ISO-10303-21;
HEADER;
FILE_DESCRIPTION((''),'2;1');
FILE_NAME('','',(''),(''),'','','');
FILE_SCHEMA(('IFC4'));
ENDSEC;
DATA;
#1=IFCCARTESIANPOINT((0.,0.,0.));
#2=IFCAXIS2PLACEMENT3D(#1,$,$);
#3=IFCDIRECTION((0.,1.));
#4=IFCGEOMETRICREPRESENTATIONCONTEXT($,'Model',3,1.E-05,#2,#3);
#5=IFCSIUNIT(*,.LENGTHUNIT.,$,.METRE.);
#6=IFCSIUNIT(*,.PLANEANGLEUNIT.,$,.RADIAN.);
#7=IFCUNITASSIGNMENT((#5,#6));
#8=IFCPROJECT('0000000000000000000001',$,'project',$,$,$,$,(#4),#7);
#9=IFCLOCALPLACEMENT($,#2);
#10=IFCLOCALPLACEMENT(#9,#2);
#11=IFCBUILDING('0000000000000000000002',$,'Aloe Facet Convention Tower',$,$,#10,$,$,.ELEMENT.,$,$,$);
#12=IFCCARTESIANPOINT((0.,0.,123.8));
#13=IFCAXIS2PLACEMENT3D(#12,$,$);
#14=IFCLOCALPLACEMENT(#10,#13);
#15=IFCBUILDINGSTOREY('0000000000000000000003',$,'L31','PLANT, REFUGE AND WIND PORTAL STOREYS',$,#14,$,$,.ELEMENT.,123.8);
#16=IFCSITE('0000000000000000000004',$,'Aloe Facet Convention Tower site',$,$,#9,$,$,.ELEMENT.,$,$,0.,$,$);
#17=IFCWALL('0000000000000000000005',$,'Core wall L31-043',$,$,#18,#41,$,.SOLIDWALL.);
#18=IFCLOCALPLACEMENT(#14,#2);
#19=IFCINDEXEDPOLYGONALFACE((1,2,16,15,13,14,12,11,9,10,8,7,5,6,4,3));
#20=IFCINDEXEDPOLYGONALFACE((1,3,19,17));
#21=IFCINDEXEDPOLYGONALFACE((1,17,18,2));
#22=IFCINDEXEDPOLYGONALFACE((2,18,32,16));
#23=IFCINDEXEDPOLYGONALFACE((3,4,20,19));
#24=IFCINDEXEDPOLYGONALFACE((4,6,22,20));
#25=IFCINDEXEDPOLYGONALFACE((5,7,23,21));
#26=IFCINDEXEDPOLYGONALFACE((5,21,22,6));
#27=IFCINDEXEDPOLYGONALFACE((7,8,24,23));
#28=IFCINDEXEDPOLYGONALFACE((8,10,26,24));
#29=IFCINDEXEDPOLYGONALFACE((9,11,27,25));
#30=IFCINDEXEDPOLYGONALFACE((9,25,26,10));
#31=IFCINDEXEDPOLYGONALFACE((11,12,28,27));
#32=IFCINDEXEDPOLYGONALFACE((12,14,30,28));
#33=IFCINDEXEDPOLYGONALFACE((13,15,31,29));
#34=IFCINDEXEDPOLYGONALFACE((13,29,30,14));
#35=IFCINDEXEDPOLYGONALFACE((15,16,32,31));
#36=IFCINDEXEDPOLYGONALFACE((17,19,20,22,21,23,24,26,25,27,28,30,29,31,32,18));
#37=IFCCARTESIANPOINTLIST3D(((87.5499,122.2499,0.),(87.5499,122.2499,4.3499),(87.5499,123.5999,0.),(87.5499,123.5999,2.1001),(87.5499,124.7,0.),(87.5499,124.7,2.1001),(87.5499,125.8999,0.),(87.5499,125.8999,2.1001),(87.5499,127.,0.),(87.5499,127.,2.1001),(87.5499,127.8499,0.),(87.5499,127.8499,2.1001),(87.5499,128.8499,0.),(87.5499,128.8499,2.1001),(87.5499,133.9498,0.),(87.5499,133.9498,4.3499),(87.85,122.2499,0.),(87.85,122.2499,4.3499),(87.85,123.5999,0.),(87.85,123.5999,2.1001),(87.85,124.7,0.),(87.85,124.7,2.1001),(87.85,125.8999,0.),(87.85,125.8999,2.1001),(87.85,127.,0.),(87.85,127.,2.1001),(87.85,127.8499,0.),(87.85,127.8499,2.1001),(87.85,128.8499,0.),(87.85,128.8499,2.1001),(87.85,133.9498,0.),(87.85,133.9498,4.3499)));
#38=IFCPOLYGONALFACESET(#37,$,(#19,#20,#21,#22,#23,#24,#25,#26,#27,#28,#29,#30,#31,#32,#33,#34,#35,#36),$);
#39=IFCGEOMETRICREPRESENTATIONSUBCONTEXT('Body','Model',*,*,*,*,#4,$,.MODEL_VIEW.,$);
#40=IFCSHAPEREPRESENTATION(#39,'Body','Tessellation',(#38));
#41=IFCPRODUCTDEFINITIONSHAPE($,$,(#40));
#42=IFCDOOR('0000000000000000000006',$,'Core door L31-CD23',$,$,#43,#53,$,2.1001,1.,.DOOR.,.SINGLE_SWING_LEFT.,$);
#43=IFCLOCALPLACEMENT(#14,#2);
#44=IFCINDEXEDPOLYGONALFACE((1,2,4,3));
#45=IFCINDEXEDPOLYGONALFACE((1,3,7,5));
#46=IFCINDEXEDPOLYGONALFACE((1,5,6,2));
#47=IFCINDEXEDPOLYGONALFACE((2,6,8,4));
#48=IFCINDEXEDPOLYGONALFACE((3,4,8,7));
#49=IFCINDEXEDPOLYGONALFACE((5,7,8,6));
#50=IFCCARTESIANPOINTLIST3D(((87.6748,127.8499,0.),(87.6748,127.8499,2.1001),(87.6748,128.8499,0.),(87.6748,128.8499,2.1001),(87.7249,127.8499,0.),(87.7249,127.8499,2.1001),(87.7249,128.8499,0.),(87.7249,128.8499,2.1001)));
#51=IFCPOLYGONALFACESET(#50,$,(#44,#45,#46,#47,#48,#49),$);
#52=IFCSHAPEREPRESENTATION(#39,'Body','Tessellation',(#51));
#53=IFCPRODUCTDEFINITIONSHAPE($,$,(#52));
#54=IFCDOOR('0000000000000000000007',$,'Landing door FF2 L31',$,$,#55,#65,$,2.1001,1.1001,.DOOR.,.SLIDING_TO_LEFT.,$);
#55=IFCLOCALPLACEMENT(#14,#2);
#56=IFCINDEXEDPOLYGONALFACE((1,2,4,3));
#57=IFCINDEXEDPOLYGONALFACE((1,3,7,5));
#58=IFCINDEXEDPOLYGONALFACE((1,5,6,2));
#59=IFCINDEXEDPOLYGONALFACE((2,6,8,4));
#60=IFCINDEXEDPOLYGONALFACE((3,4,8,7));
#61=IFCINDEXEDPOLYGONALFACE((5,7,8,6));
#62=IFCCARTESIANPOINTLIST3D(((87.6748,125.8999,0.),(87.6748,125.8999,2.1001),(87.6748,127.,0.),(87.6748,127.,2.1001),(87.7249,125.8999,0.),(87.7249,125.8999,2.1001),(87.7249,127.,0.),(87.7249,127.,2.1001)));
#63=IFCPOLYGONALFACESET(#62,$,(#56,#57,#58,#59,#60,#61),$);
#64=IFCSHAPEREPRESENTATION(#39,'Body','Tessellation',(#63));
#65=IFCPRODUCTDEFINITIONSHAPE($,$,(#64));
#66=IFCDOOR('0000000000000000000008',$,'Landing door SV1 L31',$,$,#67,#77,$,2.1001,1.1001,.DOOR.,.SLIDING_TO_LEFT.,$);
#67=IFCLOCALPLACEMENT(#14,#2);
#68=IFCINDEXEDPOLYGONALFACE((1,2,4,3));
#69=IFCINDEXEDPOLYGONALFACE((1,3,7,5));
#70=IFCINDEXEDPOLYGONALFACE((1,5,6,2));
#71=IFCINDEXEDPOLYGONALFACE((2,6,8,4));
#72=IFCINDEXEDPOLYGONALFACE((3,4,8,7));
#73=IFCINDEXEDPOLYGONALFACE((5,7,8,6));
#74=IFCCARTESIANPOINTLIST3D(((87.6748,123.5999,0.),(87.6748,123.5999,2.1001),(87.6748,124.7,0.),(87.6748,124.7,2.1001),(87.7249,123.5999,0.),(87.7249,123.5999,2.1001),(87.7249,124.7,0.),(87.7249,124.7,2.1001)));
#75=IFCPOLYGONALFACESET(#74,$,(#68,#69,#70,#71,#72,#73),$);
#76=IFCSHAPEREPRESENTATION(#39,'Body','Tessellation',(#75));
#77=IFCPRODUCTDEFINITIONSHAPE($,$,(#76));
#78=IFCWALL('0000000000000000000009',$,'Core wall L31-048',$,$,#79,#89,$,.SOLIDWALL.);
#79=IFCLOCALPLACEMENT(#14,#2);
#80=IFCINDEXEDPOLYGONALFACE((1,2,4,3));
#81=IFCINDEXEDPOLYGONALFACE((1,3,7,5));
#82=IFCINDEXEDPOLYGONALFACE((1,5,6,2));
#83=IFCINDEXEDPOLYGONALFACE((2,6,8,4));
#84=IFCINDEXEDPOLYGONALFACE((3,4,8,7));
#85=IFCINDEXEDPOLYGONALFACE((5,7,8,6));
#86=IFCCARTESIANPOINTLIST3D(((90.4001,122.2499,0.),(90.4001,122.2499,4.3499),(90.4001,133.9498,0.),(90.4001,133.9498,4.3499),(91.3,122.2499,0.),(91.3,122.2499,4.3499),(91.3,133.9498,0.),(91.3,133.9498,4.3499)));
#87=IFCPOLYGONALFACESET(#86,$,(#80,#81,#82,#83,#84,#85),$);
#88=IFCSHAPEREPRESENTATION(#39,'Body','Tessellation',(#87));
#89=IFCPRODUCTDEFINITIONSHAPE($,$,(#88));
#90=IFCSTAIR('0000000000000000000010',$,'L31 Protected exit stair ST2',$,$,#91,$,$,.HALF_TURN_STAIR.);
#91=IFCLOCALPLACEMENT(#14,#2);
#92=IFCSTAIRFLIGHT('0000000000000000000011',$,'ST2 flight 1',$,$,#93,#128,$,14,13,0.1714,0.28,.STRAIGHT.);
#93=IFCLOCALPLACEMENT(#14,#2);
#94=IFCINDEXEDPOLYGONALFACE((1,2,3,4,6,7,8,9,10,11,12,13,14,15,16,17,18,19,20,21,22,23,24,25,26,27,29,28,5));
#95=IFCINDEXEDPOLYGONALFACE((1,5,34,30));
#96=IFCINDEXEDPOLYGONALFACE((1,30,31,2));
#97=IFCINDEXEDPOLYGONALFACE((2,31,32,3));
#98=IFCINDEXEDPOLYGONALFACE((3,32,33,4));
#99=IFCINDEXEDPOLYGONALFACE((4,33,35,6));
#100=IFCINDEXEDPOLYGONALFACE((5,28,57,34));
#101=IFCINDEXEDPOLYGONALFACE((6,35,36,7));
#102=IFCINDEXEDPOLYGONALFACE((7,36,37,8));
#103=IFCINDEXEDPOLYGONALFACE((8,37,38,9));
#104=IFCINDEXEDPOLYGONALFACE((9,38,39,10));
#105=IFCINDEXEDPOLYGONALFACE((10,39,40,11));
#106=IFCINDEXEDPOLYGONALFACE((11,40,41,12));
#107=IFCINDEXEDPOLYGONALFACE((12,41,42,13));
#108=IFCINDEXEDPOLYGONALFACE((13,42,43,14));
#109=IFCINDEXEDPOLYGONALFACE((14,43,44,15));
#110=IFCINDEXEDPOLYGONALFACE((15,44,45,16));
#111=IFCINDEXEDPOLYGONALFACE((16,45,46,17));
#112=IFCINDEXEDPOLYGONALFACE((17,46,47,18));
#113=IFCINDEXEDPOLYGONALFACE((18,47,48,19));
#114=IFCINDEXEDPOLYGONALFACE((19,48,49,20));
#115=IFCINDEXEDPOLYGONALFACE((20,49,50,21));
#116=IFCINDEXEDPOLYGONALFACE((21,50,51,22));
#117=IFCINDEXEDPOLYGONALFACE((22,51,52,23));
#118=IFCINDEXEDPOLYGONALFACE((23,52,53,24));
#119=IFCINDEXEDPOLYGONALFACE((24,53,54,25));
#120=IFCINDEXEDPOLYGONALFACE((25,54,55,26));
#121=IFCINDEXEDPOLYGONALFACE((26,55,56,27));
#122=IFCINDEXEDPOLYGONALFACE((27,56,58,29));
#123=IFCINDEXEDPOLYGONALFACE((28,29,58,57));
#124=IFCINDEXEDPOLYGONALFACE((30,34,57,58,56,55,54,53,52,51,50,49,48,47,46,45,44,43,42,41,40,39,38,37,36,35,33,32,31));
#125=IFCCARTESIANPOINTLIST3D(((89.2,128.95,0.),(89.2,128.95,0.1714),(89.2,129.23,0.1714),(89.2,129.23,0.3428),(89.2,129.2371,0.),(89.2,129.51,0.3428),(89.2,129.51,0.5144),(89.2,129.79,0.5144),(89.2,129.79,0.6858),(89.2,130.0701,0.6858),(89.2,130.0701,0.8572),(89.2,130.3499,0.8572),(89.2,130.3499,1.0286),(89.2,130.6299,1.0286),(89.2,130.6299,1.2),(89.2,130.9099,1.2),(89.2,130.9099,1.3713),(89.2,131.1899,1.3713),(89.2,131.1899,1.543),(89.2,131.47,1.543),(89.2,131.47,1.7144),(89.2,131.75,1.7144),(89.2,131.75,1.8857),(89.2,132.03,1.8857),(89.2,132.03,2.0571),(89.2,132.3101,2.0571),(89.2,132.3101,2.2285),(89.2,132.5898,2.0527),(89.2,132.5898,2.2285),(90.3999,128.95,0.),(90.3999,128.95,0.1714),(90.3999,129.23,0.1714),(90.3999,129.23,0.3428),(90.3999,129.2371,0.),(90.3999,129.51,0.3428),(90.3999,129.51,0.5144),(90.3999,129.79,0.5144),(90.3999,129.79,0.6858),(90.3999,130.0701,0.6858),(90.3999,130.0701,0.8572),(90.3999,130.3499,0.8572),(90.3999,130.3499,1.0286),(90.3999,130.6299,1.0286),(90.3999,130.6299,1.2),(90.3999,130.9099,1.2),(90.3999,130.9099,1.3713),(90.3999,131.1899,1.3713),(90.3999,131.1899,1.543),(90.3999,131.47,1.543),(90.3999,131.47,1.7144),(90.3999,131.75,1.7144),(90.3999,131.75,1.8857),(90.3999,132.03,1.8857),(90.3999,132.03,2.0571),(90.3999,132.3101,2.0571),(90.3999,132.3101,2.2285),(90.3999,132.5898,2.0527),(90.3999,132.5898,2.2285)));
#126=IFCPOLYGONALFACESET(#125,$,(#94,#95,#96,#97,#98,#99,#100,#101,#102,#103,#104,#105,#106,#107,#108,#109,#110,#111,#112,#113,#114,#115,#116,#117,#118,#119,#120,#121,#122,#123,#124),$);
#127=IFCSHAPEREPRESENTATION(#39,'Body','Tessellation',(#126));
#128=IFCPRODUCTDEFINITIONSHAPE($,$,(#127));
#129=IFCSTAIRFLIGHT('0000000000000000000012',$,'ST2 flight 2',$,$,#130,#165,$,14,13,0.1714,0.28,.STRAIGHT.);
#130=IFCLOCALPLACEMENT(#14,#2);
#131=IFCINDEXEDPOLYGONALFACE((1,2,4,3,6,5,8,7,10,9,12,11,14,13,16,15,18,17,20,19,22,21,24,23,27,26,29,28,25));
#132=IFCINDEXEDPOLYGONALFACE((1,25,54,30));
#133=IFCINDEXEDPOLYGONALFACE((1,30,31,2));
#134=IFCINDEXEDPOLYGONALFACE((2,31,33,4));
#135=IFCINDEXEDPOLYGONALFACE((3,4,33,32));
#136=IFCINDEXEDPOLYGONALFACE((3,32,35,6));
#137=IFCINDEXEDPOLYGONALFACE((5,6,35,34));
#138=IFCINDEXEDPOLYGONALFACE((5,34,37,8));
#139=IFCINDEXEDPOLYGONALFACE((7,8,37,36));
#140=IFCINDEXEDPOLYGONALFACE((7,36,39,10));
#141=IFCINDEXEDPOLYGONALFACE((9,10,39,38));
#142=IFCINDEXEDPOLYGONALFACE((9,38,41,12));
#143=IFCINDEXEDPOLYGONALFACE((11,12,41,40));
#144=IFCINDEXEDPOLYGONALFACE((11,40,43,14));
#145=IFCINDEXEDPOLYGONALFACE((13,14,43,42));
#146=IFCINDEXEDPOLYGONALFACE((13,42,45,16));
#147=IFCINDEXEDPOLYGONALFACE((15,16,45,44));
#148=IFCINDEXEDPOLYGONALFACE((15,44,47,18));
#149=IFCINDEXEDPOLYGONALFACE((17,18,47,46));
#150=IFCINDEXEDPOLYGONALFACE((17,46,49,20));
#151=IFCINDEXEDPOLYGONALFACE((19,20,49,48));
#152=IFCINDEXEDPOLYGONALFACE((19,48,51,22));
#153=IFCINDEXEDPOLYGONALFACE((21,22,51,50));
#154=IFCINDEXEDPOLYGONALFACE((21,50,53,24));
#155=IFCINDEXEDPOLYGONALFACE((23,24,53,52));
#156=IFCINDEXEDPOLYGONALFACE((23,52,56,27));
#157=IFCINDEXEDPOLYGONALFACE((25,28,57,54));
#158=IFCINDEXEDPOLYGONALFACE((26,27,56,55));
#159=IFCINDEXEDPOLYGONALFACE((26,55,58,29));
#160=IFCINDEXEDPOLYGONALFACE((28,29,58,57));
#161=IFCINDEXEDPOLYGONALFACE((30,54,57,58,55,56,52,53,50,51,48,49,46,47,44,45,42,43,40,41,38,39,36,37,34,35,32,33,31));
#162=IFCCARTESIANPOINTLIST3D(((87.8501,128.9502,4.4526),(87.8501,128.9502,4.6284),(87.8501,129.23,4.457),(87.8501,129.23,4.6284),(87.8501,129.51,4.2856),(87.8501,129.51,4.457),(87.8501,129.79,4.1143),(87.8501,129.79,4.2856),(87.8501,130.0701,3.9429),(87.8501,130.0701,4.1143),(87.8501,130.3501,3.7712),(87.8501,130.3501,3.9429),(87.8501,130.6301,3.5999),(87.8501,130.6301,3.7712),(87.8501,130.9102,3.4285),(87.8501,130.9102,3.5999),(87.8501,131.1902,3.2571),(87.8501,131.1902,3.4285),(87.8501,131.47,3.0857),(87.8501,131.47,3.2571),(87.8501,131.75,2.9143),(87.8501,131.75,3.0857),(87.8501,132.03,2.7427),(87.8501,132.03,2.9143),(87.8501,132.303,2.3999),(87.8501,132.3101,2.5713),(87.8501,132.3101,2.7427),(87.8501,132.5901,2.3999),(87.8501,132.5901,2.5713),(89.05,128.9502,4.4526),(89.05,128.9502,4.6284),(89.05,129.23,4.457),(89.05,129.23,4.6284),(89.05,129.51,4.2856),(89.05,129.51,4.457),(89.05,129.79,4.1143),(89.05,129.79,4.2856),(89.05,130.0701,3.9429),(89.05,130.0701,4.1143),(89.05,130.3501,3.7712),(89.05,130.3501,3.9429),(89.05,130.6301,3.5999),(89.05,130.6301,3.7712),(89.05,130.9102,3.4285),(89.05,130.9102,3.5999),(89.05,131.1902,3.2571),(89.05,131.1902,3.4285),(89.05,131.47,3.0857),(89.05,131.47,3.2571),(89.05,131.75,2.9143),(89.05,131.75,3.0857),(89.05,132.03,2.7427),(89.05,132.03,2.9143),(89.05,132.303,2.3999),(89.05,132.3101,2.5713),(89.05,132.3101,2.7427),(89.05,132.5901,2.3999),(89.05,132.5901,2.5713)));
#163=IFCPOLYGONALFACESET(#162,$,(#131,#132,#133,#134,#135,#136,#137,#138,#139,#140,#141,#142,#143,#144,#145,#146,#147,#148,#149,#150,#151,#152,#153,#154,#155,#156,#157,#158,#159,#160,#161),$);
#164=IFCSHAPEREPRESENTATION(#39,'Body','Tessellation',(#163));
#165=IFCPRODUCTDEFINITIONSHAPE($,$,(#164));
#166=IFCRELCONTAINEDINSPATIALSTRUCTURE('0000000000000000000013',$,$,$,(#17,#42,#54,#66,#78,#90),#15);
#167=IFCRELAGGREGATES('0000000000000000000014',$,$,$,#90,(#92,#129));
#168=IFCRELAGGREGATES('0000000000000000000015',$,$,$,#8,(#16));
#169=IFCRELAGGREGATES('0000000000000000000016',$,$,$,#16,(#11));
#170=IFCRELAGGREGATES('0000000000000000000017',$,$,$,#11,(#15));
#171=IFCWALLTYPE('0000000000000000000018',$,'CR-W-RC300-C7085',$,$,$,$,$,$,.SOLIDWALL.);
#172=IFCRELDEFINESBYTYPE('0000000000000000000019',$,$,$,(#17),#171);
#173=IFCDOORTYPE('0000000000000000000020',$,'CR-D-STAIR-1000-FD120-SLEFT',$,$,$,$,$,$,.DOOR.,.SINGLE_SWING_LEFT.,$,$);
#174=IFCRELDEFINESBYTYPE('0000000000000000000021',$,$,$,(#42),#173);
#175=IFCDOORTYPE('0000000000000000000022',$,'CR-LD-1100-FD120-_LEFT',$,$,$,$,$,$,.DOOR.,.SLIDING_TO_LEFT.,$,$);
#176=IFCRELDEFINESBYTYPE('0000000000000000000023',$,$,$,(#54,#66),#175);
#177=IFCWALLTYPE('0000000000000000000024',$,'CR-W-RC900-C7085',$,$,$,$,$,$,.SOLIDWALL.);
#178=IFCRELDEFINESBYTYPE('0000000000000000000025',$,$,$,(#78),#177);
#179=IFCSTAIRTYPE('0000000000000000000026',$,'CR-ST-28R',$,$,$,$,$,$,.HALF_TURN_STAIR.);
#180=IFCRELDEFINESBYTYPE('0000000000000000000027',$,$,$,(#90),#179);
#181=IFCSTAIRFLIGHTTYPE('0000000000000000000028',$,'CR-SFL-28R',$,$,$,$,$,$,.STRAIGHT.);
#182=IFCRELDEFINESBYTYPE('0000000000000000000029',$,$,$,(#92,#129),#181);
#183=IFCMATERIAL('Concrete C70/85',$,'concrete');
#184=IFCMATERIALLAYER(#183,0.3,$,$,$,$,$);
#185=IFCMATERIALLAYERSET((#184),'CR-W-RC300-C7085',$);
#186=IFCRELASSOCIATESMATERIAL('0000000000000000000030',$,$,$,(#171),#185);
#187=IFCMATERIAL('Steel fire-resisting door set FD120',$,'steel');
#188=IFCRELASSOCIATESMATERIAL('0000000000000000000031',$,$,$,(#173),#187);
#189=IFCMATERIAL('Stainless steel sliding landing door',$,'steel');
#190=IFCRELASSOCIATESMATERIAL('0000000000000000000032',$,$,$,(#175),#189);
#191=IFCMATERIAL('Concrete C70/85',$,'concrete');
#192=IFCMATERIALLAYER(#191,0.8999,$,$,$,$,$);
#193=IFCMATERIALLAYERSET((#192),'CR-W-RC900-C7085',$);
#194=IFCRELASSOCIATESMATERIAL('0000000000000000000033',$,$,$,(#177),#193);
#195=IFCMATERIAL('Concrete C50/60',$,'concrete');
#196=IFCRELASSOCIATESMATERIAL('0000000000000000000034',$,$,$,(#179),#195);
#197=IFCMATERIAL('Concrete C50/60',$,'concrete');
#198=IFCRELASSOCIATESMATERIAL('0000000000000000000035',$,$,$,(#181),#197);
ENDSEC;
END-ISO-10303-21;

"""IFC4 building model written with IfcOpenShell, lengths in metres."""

from ifc_helpers import new_model, si_unit, direction, frame, frame_2d, origin, place, context, subcontext, project, spatial, polyline, rectangle, outline, extrude, material, layer, layer_set, type_object, element, fill, aggregate, save


model = new_model("IFC4")

# Units and contexts
model_context = context("Model", 3, precision=1e-05, world=origin(), true_north=direction((0.0, 1.0)))
body_context = subcontext(model_context, "Body", "Model", "MODEL_VIEW")
ifc_project = project(units=[si_unit("LENGTHUNIT", "METRE"), si_unit("PLANEANGLEUNIT", "RADIAN")], contexts=[model_context])

# Site, building, storey
site_placement = place(None, origin())
site = spatial("IfcSite", under=ifc_project, at=site_placement, Name="Aloe Facet Convention Tower site", CompositionType="ELEMENT", RefElevation=0.0)
building_placement = place(site_placement, origin())
building = spatial("IfcBuilding", under=site, at=building_placement, Name="Aloe Facet Convention Tower", CompositionType="ELEMENT")
storey_placement = place(building_placement, frame((0.0, 0.0, 123.8)))
storey = spatial("IfcBuildingStorey", under=building, at=storey_placement, Name="L31", Description="PLANT, REFUGE AND WIND PORTAL STOREYS", CompositionType="ELEMENT", Elevation=123.8)

# Shared definitions
ifc_material_1 = material(Name="Concrete C70/85", Category="concrete")
ifc_layer_1 = layer(ifc_material_1, 0.3)
ifc_layer_set_1 = layer_set([ifc_layer_1], Name="CR-W-RC300-C7085")
wall_type_1 = type_object("IfcWallType", Name="CR-W-RC300-C7085", PredefinedType="SOLIDWALL", material=ifc_layer_set_1)

# Wall, openings, doors
wall_1_placement = place(storey_placement, frame((87.7, 133.95, 0.0), z_axis=(0.0, 0.0, 1.0), x_axis=(0.0, -1.0, 0.0)))
wall_1 = element("IfcWall", 1, at=wall_1_placement, inside=storey, type_object=wall_type_1, Name="Core wall L31-043", PredefinedType="SOLIDWALL", context=body_context, shape_type="SweptSolid", body=[
    extrude(rectangle(XDim=11.7, YDim=0.3, at=frame_2d((5.8501, 0.0))), origin(), (0.0, 0.0, 1.0), 4.3499),
])
opening_1_placement = place(wall_1_placement, frame((6.95, 0.0, 0.0)))
opening_1 = element("IfcOpeningElement", 2, at=opening_1_placement, cuts=wall_1, PredefinedType="OPENING", context=body_context, shape_type="SweptSolid", body=[
    extrude(rectangle(XDim=1.1001, YDim=2.1001, at=frame_2d((0.55, 1.05))), frame((0.0, 0.1602, 0.0), z_axis=(0.0, -1.0, 0.0), x_axis=(1.0, 0.0, 0.0)), (0.0, 0.0, 1.0), 0.3201),
])
opening_2_placement = place(wall_1_placement, frame((5.1001, 0.0, 0.0)))
opening_2 = element("IfcOpeningElement", 3, at=opening_2_placement, cuts=wall_1, PredefinedType="OPENING", context=body_context, shape_type="SweptSolid", body=[
    extrude(rectangle(XDim=1.0, YDim=2.1001, at=frame_2d((0.5, 1.05))), frame((0.0, 0.1602, 0.0), z_axis=(0.0, -1.0, 0.0), x_axis=(1.0, 0.0, 0.0)), (0.0, 0.0, 1.0), 0.3201),
])
opening_3_placement = place(wall_1_placement, frame((9.25, 0.0, 0.0)))
opening_3 = element("IfcOpeningElement", 4, at=opening_3_placement, cuts=wall_1, PredefinedType="OPENING", context=body_context, shape_type="SweptSolid", body=[
    extrude(rectangle(XDim=1.1001, YDim=2.1001, at=frame_2d((0.55, 1.05))), frame((0.0, 0.1602, 0.0), z_axis=(0.0, -1.0, 0.0), x_axis=(1.0, 0.0, 0.0)), (0.0, 0.0, 1.0), 0.3201),
])
ifc_material_2 = material(Name="Steel fire-resisting door set FD120", Category="steel")
door_type_1 = type_object("IfcDoorType", Name="CR-D-STAIR-1000-FD120-SLEFT", OperationType="SINGLE_SWING_LEFT", PredefinedType="DOOR", material=ifc_material_2)
door_1_placement = place(opening_2_placement, origin())
door_1 = element("IfcDoor", 5, at=door_1_placement, inside=storey, type_object=door_type_1, Name="Core door L31-CD23", OperationType="SINGLE_SWING_LEFT", OverallHeight=2.1001, OverallWidth=1.0, PredefinedType="DOOR", context=body_context, shape_type="SweptSolid", body=[
    extrude(rectangle(XDim=1.0, YDim=2.1001, at=frame_2d((0.5, 1.05))), frame((0.0, 0.0249, 0.0), z_axis=(0.0, -1.0, 0.0), x_axis=(1.0, 0.0, 0.0)), (0.0, 0.0, 1.0), 0.05),
])
fill(opening_2, door_1)
ifc_material_3 = material(Name="Stainless steel sliding landing door", Category="steel")
door_type_2 = type_object("IfcDoorType", Name="CR-LD-1100-FD120-_LEFT", OperationType="SLIDING_TO_LEFT", PredefinedType="DOOR", material=ifc_material_3)
door_2_placement = place(opening_1_placement, origin())
door_2 = element("IfcDoor", 6, at=door_2_placement, inside=storey, type_object=door_type_2, Name="Landing door FF2 L31", OperationType="SLIDING_TO_LEFT", OverallHeight=2.1001, OverallWidth=1.1001, PredefinedType="DOOR", context=body_context, shape_type="SweptSolid", body=[
    extrude(rectangle(XDim=1.1001, YDim=2.1001, at=frame_2d((0.55, 1.05))), frame((0.0, 0.0249, 0.0), z_axis=(0.0, -1.0, 0.0), x_axis=(1.0, 0.0, 0.0)), (0.0, 0.0, 1.0), 0.05),
])
fill(opening_1, door_2)
door_3_placement = place(opening_3_placement, origin())
door_3 = element("IfcDoor", 7, at=door_3_placement, inside=storey, type_object=door_type_2, Name="Landing door SV1 L31", OperationType="SLIDING_TO_LEFT", OverallHeight=2.1001, OverallWidth=1.1001, PredefinedType="DOOR", context=body_context, shape_type="SweptSolid", body=[
    extrude(rectangle(XDim=1.1001, YDim=2.1001, at=frame_2d((0.55, 1.05))), frame((0.0, 0.0249, 0.0), z_axis=(0.0, -1.0, 0.0), x_axis=(1.0, 0.0, 0.0)), (0.0, 0.0, 1.0), 0.05),
])
fill(opening_3, door_3)

# Wall
ifc_material_4 = material(Name="Concrete C70/85", Category="concrete")
ifc_layer_2 = layer(ifc_material_4, 0.8999)
ifc_layer_set_2 = layer_set([ifc_layer_2], Name="CR-W-RC900-C7085")
wall_type_2 = type_object("IfcWallType", Name="CR-W-RC900-C7085", PredefinedType="SOLIDWALL", material=ifc_layer_set_2)
wall_2_placement = place(storey_placement, frame((90.8501, 133.95, 0.0), z_axis=(0.0, 0.0, 1.0), x_axis=(0.0, -1.0, 0.0)))
element("IfcWall", 8, at=wall_2_placement, inside=storey, type_object=wall_type_2, Name="Core wall L31-048", PredefinedType="SOLIDWALL", context=body_context, shape_type="SweptSolid", body=[
    extrude(rectangle(XDim=11.7, YDim=0.8999, at=frame_2d((5.8501, 0.0))), origin(), (0.0, 0.0, 1.0), 4.3499),
])

# Stair, stair flights
ifc_material_5 = material(Name="Concrete C50/60", Category="concrete")
stair_type = type_object("IfcStairType", Name="CR-ST-28R", PredefinedType="HALF_TURN_STAIR", material=ifc_material_5)
stair_placement = place(storey_placement, origin())
stair = element("IfcStair", 9, at=stair_placement, inside=storey, type_object=stair_type, Name="L31 Protected exit stair ST2", PredefinedType="HALF_TURN_STAIR")
ifc_material_6 = material(Name="Concrete C50/60", Category="concrete")
stair_flight_type = type_object("IfcStairFlightType", Name="CR-SFL-28R", PredefinedType="STRAIGHT", material=ifc_material_6)
stair_flight_1_placement = place(storey_placement, frame((89.8, 128.95, 0.0), z_axis=(0.0, 0.0, 1.0), x_axis=(0.0, 1.0, 0.0)))
stair_flight_1 = element("IfcStairFlight", 10, at=stair_flight_1_placement, type_object=stair_flight_type, Name="ST2 flight 1", NumberOfRisers=14, NumberOfTreads=13, PredefinedType="STRAIGHT", RiserHeight=0.1714, TreadLength=0.28, context=body_context, shape_type="SweptSolid", body=[
    extrude(outline(polyline([(0.0, 0.0), (0.0, 0.1714), (0.28, 0.1714), (0.28, 0.3428), (0.5601, 0.3428), (0.5601, 0.5144), (0.8401, 0.5144), (0.8401, 0.6858), (1.1201, 0.6858), (1.1201, 0.8572), (1.3999, 0.8572), (1.3999, 1.0286), (1.6799, 1.0286), (1.6799, 1.2), (1.96, 1.2), (1.96, 1.3713), (2.24, 1.3713), (2.24, 1.543), (2.52, 1.543), (2.52, 1.7144), (2.8, 1.7144), (2.8, 1.8857), (3.0801, 1.8857), (3.0801, 2.0571), (3.3601, 2.0571), (3.3601, 2.2285), (3.6399, 2.2285), (3.6399, 2.3999), (3.6399, 2.0527), (0.2871, 0.0), (0.0, 0.0)])), frame((0.0, 0.6001, 0.0), z_axis=(0.0, -1.0, 0.0), x_axis=(1.0, 0.0, 0.0)), (0.0, 0.0, 1.0), 1.2),
])
stair_flight_2_placement = place(storey_placement, frame((88.45, 132.5901, 2.3999), z_axis=(0.0, 0.0, 1.0), x_axis=(0.0, -1.0, 0.0)))
stair_flight_2 = element("IfcStairFlight", 11, at=stair_flight_2_placement, type_object=stair_flight_type, Name="ST2 flight 2", NumberOfRisers=14, NumberOfTreads=13, PredefinedType="STRAIGHT", RiserHeight=0.1714, TreadLength=0.28, context=body_context, shape_type="SweptSolid", body=[
    extrude(outline(polyline([(0.0, 0.0), (0.0, 0.1714), (0.28, 0.1714), (0.28, 0.3428), (0.5601, 0.3428), (0.5601, 0.5144), (0.8401, 0.5144), (0.8401, 0.6858), (1.1201, 0.6858), (1.1201, 0.8572), (1.3999, 0.8572), (1.3999, 1.0286), (1.6799, 1.0286), (1.6799, 1.2), (1.96, 1.2), (1.96, 1.3713), (2.24, 1.3713), (2.24, 1.543), (2.52, 1.543), (2.52, 1.7144), (2.8, 1.7144), (2.8, 1.8857), (3.0801, 1.8857), (3.0801, 2.0571), (3.3601, 2.0571), (3.3601, 2.2285), (3.6399, 2.2285), (3.6399, 2.3999), (3.6399, 2.0527), (0.2871, 0.0), (0.0, 0.0)])), frame((0.0, 0.6001, 0.0), z_axis=(0.0, -1.0, 0.0), x_axis=(1.0, 0.0, 0.0)), (0.0, 0.0, 1.0), 1.2),
])
aggregate(stair, [stair_flight_1, stair_flight_2])

save(model, "model.ifc")
